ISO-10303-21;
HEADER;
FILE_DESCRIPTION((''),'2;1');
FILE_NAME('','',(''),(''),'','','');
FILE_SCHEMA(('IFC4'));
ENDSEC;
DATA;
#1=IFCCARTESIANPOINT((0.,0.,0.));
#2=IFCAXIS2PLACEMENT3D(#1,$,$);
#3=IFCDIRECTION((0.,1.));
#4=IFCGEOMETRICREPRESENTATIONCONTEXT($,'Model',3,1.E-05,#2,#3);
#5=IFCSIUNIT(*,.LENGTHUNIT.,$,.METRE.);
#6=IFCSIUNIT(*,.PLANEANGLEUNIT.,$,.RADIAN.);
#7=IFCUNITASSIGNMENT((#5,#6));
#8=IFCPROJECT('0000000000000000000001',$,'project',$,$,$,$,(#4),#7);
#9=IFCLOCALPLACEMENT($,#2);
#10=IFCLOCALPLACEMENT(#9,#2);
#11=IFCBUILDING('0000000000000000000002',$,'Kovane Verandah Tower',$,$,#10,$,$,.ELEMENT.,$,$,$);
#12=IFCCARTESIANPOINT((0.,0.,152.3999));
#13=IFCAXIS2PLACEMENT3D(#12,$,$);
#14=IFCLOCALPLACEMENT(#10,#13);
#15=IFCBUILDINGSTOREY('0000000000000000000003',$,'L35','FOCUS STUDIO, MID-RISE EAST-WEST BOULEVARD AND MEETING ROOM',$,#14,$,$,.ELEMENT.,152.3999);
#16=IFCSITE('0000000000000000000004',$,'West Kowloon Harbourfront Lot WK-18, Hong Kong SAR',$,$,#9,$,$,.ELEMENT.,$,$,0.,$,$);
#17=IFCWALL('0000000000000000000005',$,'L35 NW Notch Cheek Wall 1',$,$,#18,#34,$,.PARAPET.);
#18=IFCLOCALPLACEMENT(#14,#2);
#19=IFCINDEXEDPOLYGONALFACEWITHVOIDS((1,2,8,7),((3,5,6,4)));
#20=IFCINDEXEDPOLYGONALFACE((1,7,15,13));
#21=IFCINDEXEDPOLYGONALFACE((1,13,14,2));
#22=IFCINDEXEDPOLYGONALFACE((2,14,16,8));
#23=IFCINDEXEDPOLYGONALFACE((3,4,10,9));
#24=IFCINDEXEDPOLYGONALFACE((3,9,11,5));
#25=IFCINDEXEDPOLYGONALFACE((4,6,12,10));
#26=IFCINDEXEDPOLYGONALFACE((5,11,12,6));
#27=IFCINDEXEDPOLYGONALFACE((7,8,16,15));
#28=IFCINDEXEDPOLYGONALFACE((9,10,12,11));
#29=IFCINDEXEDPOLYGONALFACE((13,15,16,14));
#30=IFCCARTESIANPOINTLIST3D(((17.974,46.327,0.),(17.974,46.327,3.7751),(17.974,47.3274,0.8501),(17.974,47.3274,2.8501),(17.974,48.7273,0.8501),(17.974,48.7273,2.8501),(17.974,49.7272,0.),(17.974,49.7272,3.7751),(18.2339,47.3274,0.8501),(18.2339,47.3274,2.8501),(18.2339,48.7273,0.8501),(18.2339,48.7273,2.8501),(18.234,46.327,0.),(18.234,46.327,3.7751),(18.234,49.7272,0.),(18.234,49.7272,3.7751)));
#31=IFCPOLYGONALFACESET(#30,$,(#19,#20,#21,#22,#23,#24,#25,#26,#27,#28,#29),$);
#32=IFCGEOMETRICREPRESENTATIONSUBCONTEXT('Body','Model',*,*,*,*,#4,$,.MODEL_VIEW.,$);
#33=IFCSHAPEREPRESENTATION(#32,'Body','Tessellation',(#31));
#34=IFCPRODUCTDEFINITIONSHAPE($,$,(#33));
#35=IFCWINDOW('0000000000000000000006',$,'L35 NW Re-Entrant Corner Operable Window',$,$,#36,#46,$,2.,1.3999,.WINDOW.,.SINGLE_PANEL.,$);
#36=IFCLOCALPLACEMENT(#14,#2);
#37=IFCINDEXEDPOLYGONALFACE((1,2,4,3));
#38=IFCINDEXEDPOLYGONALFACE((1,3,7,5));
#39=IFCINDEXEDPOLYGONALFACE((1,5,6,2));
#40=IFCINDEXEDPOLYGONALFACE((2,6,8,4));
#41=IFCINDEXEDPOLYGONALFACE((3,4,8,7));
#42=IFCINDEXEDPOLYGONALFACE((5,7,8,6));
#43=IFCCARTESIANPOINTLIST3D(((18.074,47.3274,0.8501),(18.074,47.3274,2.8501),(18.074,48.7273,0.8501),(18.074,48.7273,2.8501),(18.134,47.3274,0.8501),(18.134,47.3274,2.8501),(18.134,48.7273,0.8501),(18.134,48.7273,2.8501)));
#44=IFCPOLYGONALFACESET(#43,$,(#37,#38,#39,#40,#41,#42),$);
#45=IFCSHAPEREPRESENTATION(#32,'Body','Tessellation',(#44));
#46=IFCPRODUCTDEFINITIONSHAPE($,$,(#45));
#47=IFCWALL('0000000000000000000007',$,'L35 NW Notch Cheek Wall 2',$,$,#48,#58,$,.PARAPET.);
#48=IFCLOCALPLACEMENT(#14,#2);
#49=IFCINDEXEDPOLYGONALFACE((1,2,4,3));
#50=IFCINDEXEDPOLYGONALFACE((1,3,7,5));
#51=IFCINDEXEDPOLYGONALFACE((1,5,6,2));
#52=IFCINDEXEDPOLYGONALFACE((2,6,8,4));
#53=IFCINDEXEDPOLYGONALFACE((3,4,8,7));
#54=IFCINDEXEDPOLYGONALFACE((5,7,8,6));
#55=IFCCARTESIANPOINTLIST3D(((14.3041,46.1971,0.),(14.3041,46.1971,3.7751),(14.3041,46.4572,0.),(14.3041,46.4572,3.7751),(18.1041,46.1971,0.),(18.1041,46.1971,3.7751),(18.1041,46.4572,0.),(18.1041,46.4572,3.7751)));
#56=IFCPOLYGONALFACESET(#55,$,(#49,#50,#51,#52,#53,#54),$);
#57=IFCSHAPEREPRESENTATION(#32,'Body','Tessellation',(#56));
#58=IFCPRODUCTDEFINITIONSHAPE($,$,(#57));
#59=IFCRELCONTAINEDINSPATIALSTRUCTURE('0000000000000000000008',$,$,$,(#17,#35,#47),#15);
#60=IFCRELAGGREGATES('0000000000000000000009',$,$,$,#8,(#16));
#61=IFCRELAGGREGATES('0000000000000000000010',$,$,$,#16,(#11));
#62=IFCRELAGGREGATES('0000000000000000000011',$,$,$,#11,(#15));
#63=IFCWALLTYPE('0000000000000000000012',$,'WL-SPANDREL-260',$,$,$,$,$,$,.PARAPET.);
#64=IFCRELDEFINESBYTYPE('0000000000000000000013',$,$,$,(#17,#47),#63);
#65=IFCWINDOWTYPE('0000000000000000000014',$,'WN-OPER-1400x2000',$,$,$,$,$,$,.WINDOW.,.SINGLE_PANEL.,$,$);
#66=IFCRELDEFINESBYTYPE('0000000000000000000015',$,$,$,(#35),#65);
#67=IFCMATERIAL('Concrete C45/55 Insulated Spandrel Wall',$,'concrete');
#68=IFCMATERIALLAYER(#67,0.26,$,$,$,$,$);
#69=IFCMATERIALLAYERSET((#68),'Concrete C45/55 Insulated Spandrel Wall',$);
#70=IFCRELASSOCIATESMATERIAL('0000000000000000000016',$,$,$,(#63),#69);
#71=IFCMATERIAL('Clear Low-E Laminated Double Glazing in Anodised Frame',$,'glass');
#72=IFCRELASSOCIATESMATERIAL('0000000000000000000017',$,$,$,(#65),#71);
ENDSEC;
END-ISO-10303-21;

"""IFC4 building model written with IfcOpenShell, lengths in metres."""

from ifc_helpers import new_model, si_unit, direction, frame, frame_2d, origin, place, context, subcontext, project, spatial, rectangle, extrude, material, layer, layer_set, type_object, element, fill, save


model = new_model("IFC4")

# Units and contexts
model_context = context("Model", 3, precision=1e-05, world=origin(), true_north=direction((0.0, 1.0)))
body_context = subcontext(model_context, "Body", "Model", "MODEL_VIEW")
ifc_project = project(units=[si_unit("LENGTHUNIT", "METRE"), si_unit("PLANEANGLEUNIT", "RADIAN")], contexts=[model_context])

# Site, building, storey
site_placement = place(None, origin())
site = spatial("IfcSite", under=ifc_project, at=site_placement, Name="West Kowloon Harbourfront Lot WK-18, Hong Kong SAR", CompositionType="ELEMENT", RefElevation=0.0)
building_placement = place(site_placement, origin())
building = spatial("IfcBuilding", under=site, at=building_placement, Name="Kovane Verandah Tower", CompositionType="ELEMENT")
storey_placement = place(building_placement, frame((0.0, 0.0, 152.3999)))
storey = spatial("IfcBuildingStorey", under=building, at=storey_placement, Name="L35", Description="FOCUS STUDIO, MID-RISE EAST-WEST BOULEVARD AND MEETING ROOM", CompositionType="ELEMENT", Elevation=152.3999)

# Wall, opening, window
ifc_material_1 = material(Name="Concrete C45/55 Insulated Spandrel Wall", Category="concrete")
ifc_layer_1 = layer(ifc_material_1, 0.26)
ifc_layer_set_1 = layer_set([ifc_layer_1], Name="Concrete C45/55 Insulated Spandrel Wall")
wall_type_1 = type_object("IfcWallType", Name="WL-SPANDREL-260", PredefinedType="PARAPET", material=ifc_layer_set_1)
wall_1_placement = place(storey_placement, frame((18.104, 49.7273, 0.0), z_axis=(0.0, 0.0, 1.0), x_axis=(0.0, -1.0, 0.0)))
wall_1 = element("IfcWall", 1, at=wall_1_placement, inside=storey, type_object=wall_type_1, Name="L35 NW Notch Cheek Wall 1", PredefinedType="PARAPET", context=body_context, shape_type="SweptSolid", body=[
    extrude(rectangle(XDim=3.4001, YDim=0.26, at=frame_2d((1.7002, 0.0))), origin(), (0.0, 0.0, 1.0), 3.7751),
])
opening_1_placement = place(wall_1_placement, frame((1.0, 0.0, 0.8501)))
opening_1 = element("IfcOpeningElement", 2, at=opening_1_placement, cuts=wall_1, PredefinedType="OPENING", context=body_context, shape_type="SweptSolid", body=[
    extrude(rectangle(XDim=1.3999, YDim=2.0, at=frame_2d((0.7, 1.0))), frame((0.0, 0.1299, 0.0), z_axis=(0.0, -1.0, 0.0), x_axis=(1.0, 0.0, 0.0)), (0.0, 0.0, 1.0), 0.26),
])
ifc_material_2 = material(Name="Clear Low-E Laminated Double Glazing in Anodised Frame", Category="glass")
window_type = type_object("IfcWindowType", Name="WN-OPER-1400x2000", PartitioningType="SINGLE_PANEL", PredefinedType="WINDOW", material=ifc_material_2)
window_placement = place(opening_1_placement, origin())
window = element("IfcWindow", 3, at=window_placement, inside=storey, type_object=window_type, Name="L35 NW Re-Entrant Corner Operable Window", OverallHeight=2.0, OverallWidth=1.3999, PartitioningType="SINGLE_PANEL", PredefinedType="WINDOW", context=body_context, shape_type="SweptSolid", body=[
    extrude(rectangle(XDim=1.3999, YDim=2.0, at=frame_2d((0.7, 1.0))), frame((0.0, 0.03, 0.0), z_axis=(0.0, -1.0, 0.0), x_axis=(1.0, 0.0, 0.0)), (0.0, 0.0, 1.0), 0.0601),
])
fill(opening_1, window)

# Wall
wall_2_placement = place(storey_placement, frame((18.104, 46.3271, 0.0), z_axis=(0.0, 0.0, 1.0), x_axis=(-1.0, 0.0, 0.0)))
element("IfcWall", 4, at=wall_2_placement, inside=storey, type_object=wall_type_1, Name="L35 NW Notch Cheek Wall 2", PredefinedType="PARAPET", context=body_context, shape_type="SweptSolid", body=[
    extrude(rectangle(XDim=3.8, YDim=0.26, at=frame_2d((1.8999, 0.0))), origin(), (0.0, 0.0, 1.0), 3.7751),
])

save(model, "model.ifc")
